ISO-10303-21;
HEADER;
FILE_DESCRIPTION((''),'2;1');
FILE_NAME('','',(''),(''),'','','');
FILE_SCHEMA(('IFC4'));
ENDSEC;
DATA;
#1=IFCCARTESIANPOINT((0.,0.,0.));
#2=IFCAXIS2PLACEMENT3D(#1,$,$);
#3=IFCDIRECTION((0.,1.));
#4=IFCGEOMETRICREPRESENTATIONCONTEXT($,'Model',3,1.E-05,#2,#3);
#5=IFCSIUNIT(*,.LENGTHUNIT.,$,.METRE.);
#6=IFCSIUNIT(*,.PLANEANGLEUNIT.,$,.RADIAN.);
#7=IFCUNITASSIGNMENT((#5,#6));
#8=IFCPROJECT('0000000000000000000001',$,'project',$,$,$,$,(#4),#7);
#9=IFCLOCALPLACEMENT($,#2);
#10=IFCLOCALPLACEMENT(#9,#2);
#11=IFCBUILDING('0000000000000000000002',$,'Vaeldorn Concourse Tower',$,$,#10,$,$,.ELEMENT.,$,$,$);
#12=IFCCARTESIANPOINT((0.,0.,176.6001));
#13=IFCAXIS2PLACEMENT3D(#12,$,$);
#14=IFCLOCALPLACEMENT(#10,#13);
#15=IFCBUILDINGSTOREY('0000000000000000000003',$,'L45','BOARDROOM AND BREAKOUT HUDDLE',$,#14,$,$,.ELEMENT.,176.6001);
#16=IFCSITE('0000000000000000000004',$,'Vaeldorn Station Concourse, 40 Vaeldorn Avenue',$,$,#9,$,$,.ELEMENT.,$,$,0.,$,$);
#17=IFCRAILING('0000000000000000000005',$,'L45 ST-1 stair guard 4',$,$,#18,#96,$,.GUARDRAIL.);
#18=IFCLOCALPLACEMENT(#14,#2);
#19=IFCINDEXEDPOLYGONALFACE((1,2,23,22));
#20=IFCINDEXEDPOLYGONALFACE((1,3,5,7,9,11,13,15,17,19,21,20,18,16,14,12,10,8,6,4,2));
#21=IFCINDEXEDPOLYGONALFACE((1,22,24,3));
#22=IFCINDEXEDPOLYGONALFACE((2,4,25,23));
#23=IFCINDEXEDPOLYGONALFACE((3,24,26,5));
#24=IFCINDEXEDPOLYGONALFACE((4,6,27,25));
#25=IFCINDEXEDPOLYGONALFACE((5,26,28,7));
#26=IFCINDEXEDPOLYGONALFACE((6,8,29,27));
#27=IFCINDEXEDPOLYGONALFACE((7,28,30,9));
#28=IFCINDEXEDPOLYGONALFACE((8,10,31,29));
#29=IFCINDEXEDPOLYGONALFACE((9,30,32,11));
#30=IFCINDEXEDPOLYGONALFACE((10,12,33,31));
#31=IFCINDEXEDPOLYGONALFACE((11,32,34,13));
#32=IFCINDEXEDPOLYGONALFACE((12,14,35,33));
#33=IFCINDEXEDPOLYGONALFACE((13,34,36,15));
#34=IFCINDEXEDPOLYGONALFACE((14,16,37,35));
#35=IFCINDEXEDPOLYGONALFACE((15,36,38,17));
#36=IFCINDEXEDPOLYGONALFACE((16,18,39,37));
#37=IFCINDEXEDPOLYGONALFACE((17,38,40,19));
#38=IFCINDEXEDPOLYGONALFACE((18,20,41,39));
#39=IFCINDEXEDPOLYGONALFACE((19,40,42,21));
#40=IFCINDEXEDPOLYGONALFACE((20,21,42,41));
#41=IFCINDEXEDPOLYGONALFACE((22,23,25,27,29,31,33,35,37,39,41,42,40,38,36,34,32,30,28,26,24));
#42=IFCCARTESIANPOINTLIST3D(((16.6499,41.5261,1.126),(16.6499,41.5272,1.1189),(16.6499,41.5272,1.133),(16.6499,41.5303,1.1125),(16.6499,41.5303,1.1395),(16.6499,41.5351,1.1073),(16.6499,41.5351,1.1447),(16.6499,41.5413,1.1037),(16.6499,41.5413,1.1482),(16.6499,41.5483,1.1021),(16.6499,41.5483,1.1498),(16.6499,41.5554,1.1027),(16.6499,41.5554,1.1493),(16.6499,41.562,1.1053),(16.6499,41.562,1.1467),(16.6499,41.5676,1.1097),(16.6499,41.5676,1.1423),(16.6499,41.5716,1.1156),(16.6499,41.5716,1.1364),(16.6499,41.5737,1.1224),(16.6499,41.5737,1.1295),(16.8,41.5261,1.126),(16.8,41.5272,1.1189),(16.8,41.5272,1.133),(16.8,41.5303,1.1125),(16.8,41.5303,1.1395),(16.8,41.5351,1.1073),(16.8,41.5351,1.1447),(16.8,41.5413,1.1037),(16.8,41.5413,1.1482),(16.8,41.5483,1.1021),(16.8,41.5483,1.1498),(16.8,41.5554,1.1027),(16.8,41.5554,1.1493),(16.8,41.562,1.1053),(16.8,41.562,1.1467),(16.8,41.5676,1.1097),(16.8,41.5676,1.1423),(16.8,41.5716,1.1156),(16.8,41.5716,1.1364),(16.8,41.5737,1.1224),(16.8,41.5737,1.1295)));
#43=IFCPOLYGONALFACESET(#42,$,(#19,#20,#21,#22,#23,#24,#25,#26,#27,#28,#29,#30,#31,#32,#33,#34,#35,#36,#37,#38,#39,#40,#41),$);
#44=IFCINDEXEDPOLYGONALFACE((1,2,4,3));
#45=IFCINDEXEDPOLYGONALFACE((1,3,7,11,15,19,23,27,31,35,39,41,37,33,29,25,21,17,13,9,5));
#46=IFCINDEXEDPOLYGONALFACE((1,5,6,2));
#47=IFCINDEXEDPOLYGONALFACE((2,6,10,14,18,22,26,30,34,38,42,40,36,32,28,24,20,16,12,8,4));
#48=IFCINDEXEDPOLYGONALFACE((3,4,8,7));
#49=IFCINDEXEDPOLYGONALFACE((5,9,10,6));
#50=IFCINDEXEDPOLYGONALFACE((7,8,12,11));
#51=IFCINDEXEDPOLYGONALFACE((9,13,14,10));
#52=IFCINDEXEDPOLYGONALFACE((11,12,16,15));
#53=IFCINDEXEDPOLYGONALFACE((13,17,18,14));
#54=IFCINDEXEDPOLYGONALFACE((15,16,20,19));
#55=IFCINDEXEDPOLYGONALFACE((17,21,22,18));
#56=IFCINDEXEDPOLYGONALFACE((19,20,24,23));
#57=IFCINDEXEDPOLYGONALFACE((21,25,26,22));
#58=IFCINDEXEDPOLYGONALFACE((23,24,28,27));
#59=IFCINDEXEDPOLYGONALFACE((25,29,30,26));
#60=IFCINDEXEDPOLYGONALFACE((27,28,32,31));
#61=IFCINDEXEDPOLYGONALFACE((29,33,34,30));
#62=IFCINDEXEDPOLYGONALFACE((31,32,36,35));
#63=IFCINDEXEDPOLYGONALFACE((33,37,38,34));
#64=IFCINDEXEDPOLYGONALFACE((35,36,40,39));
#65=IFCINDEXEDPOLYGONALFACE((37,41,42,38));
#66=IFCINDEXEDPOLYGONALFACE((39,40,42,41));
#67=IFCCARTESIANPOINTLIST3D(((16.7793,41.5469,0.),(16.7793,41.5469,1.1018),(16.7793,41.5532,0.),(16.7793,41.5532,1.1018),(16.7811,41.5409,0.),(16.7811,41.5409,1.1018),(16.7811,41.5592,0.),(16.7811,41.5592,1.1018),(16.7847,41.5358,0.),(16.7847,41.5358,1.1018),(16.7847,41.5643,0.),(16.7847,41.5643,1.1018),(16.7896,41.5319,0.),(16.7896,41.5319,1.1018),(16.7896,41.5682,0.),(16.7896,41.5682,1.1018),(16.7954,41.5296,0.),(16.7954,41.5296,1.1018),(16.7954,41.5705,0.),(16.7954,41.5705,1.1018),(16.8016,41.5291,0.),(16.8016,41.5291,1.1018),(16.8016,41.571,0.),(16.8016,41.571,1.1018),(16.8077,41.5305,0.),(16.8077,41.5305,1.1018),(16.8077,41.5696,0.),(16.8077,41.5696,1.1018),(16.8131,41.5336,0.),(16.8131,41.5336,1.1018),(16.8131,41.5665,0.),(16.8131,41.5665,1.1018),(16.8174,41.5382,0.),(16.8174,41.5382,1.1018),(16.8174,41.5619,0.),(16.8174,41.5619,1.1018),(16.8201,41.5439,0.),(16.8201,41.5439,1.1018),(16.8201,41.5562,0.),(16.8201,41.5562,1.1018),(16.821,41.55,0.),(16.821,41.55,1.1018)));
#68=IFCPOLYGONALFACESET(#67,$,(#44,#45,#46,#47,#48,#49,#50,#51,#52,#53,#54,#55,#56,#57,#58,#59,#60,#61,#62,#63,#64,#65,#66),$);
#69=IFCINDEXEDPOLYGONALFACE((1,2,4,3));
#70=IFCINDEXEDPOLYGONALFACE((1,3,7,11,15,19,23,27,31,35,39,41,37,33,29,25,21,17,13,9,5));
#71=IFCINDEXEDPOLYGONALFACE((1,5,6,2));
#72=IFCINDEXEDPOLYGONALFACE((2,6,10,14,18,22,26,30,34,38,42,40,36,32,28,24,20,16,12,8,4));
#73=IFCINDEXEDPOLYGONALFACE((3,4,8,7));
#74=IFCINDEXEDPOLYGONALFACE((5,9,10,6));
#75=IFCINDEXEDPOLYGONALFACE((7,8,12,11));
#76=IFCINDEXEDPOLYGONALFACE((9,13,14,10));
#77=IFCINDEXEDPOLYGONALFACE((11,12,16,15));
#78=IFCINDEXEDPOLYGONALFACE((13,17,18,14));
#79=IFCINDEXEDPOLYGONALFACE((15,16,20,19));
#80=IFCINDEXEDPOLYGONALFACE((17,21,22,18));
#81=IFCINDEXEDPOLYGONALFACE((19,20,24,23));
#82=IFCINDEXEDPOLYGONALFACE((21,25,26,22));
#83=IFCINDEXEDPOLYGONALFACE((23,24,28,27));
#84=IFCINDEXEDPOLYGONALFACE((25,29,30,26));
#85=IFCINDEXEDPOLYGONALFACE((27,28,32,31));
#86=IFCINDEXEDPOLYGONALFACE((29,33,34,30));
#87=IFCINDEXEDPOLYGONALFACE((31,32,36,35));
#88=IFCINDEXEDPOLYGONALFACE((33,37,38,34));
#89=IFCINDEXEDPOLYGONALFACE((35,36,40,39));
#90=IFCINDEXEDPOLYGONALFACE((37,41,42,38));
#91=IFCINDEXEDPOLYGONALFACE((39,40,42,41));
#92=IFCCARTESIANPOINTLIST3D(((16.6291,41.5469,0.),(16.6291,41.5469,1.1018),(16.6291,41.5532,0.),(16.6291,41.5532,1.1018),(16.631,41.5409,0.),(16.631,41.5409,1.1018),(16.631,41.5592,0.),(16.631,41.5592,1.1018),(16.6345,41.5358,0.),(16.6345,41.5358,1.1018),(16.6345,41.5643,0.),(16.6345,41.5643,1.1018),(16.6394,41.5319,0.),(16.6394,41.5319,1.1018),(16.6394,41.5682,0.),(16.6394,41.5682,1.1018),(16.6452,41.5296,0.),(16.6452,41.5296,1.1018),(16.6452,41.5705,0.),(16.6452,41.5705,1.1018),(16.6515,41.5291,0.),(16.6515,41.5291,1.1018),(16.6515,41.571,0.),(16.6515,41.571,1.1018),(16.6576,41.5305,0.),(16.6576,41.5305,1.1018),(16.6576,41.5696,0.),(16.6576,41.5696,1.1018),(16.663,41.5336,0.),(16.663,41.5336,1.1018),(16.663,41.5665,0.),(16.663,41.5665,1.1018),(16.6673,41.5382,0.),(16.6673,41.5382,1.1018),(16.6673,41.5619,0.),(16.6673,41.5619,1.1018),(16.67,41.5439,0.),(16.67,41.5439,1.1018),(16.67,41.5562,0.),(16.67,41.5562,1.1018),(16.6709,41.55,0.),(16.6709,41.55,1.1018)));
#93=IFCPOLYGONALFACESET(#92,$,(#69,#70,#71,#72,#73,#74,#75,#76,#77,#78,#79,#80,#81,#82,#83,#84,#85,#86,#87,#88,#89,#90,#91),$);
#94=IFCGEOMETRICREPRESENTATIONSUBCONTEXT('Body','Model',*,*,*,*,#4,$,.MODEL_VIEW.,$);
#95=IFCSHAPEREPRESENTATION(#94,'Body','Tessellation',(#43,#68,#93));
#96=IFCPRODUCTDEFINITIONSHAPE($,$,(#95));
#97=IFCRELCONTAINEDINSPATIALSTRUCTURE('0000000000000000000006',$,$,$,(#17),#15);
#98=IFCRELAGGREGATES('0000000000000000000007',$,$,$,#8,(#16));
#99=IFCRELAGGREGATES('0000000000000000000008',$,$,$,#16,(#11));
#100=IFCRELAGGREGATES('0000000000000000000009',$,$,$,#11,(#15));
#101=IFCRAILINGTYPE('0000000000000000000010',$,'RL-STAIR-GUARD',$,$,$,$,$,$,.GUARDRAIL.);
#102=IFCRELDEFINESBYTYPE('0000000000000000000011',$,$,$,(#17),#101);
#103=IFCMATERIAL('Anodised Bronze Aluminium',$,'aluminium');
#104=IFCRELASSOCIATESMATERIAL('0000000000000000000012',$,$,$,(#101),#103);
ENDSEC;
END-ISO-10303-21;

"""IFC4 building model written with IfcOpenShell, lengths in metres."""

from ifc_helpers import new_model, si_unit, direction, frame, origin, origin_2d, place, context, subcontext, project, spatial, circle, extrude, material, type_object, element, save


model = new_model("IFC4")

# Units and contexts
model_context = context("Model", 3, precision=1e-05, world=origin(), true_north=direction((0.0, 1.0)))
body_context = subcontext(model_context, "Body", "Model", "MODEL_VIEW")
ifc_project = project(units=[si_unit("LENGTHUNIT", "METRE"), si_unit("PLANEANGLEUNIT", "RADIAN")], contexts=[model_context])

# Site, building, storey
site_placement = place(None, origin())
site = spatial("IfcSite", under=ifc_project, at=site_placement, Name="Vaeldorn Station Concourse, 40 Vaeldorn Avenue", CompositionType="ELEMENT", RefElevation=0.0)
building_placement = place(site_placement, origin())
building = spatial("IfcBuilding", under=site, at=building_placement, Name="Vaeldorn Concourse Tower", CompositionType="ELEMENT")
storey_placement = place(building_placement, frame((0.0, 0.0, 176.6001)))
storey = spatial("IfcBuildingStorey", under=building, at=storey_placement, Name="L45", Description="BOARDROOM AND BREAKOUT HUDDLE", CompositionType="ELEMENT", Elevation=176.6001)

# Railing
ifc_material_1 = material(Name="Anodised Bronze Aluminium", Category="aluminium")
railing_type_1 = type_object("IfcRailingType", Name="RL-STAIR-GUARD", PredefinedType="GUARDRAIL", material=ifc_material_1)
railing_1_placement = place(storey_placement, frame((16.8, 41.55, 0.0)))
element("IfcRailing", 1, at=railing_1_placement, inside=storey, type_object=railing_type_1, Name="L45 ST-1 stair guard 4", PredefinedType="GUARDRAIL", context=body_context, shape_type="SweptSolid", body=[
    extrude(circle(Radius=0.0239, at=origin_2d()), frame((0.0, 0.0, 1.126), z_axis=(-1.0, 0.0, 0.0), x_axis=(0.0, -1.0, 0.0)), (0.0, 0.0, 1.0), 0.1501),
    extrude(circle(Radius=0.021, at=origin_2d()), origin(), (0.0, 0.0, 1.0), 1.1018),
    extrude(circle(Radius=0.021, at=origin_2d()), frame((-0.1501, 0.0, 0.0)), (0.0, 0.0, 1.0), 1.1018),
])

save(model, "model.ifc")
